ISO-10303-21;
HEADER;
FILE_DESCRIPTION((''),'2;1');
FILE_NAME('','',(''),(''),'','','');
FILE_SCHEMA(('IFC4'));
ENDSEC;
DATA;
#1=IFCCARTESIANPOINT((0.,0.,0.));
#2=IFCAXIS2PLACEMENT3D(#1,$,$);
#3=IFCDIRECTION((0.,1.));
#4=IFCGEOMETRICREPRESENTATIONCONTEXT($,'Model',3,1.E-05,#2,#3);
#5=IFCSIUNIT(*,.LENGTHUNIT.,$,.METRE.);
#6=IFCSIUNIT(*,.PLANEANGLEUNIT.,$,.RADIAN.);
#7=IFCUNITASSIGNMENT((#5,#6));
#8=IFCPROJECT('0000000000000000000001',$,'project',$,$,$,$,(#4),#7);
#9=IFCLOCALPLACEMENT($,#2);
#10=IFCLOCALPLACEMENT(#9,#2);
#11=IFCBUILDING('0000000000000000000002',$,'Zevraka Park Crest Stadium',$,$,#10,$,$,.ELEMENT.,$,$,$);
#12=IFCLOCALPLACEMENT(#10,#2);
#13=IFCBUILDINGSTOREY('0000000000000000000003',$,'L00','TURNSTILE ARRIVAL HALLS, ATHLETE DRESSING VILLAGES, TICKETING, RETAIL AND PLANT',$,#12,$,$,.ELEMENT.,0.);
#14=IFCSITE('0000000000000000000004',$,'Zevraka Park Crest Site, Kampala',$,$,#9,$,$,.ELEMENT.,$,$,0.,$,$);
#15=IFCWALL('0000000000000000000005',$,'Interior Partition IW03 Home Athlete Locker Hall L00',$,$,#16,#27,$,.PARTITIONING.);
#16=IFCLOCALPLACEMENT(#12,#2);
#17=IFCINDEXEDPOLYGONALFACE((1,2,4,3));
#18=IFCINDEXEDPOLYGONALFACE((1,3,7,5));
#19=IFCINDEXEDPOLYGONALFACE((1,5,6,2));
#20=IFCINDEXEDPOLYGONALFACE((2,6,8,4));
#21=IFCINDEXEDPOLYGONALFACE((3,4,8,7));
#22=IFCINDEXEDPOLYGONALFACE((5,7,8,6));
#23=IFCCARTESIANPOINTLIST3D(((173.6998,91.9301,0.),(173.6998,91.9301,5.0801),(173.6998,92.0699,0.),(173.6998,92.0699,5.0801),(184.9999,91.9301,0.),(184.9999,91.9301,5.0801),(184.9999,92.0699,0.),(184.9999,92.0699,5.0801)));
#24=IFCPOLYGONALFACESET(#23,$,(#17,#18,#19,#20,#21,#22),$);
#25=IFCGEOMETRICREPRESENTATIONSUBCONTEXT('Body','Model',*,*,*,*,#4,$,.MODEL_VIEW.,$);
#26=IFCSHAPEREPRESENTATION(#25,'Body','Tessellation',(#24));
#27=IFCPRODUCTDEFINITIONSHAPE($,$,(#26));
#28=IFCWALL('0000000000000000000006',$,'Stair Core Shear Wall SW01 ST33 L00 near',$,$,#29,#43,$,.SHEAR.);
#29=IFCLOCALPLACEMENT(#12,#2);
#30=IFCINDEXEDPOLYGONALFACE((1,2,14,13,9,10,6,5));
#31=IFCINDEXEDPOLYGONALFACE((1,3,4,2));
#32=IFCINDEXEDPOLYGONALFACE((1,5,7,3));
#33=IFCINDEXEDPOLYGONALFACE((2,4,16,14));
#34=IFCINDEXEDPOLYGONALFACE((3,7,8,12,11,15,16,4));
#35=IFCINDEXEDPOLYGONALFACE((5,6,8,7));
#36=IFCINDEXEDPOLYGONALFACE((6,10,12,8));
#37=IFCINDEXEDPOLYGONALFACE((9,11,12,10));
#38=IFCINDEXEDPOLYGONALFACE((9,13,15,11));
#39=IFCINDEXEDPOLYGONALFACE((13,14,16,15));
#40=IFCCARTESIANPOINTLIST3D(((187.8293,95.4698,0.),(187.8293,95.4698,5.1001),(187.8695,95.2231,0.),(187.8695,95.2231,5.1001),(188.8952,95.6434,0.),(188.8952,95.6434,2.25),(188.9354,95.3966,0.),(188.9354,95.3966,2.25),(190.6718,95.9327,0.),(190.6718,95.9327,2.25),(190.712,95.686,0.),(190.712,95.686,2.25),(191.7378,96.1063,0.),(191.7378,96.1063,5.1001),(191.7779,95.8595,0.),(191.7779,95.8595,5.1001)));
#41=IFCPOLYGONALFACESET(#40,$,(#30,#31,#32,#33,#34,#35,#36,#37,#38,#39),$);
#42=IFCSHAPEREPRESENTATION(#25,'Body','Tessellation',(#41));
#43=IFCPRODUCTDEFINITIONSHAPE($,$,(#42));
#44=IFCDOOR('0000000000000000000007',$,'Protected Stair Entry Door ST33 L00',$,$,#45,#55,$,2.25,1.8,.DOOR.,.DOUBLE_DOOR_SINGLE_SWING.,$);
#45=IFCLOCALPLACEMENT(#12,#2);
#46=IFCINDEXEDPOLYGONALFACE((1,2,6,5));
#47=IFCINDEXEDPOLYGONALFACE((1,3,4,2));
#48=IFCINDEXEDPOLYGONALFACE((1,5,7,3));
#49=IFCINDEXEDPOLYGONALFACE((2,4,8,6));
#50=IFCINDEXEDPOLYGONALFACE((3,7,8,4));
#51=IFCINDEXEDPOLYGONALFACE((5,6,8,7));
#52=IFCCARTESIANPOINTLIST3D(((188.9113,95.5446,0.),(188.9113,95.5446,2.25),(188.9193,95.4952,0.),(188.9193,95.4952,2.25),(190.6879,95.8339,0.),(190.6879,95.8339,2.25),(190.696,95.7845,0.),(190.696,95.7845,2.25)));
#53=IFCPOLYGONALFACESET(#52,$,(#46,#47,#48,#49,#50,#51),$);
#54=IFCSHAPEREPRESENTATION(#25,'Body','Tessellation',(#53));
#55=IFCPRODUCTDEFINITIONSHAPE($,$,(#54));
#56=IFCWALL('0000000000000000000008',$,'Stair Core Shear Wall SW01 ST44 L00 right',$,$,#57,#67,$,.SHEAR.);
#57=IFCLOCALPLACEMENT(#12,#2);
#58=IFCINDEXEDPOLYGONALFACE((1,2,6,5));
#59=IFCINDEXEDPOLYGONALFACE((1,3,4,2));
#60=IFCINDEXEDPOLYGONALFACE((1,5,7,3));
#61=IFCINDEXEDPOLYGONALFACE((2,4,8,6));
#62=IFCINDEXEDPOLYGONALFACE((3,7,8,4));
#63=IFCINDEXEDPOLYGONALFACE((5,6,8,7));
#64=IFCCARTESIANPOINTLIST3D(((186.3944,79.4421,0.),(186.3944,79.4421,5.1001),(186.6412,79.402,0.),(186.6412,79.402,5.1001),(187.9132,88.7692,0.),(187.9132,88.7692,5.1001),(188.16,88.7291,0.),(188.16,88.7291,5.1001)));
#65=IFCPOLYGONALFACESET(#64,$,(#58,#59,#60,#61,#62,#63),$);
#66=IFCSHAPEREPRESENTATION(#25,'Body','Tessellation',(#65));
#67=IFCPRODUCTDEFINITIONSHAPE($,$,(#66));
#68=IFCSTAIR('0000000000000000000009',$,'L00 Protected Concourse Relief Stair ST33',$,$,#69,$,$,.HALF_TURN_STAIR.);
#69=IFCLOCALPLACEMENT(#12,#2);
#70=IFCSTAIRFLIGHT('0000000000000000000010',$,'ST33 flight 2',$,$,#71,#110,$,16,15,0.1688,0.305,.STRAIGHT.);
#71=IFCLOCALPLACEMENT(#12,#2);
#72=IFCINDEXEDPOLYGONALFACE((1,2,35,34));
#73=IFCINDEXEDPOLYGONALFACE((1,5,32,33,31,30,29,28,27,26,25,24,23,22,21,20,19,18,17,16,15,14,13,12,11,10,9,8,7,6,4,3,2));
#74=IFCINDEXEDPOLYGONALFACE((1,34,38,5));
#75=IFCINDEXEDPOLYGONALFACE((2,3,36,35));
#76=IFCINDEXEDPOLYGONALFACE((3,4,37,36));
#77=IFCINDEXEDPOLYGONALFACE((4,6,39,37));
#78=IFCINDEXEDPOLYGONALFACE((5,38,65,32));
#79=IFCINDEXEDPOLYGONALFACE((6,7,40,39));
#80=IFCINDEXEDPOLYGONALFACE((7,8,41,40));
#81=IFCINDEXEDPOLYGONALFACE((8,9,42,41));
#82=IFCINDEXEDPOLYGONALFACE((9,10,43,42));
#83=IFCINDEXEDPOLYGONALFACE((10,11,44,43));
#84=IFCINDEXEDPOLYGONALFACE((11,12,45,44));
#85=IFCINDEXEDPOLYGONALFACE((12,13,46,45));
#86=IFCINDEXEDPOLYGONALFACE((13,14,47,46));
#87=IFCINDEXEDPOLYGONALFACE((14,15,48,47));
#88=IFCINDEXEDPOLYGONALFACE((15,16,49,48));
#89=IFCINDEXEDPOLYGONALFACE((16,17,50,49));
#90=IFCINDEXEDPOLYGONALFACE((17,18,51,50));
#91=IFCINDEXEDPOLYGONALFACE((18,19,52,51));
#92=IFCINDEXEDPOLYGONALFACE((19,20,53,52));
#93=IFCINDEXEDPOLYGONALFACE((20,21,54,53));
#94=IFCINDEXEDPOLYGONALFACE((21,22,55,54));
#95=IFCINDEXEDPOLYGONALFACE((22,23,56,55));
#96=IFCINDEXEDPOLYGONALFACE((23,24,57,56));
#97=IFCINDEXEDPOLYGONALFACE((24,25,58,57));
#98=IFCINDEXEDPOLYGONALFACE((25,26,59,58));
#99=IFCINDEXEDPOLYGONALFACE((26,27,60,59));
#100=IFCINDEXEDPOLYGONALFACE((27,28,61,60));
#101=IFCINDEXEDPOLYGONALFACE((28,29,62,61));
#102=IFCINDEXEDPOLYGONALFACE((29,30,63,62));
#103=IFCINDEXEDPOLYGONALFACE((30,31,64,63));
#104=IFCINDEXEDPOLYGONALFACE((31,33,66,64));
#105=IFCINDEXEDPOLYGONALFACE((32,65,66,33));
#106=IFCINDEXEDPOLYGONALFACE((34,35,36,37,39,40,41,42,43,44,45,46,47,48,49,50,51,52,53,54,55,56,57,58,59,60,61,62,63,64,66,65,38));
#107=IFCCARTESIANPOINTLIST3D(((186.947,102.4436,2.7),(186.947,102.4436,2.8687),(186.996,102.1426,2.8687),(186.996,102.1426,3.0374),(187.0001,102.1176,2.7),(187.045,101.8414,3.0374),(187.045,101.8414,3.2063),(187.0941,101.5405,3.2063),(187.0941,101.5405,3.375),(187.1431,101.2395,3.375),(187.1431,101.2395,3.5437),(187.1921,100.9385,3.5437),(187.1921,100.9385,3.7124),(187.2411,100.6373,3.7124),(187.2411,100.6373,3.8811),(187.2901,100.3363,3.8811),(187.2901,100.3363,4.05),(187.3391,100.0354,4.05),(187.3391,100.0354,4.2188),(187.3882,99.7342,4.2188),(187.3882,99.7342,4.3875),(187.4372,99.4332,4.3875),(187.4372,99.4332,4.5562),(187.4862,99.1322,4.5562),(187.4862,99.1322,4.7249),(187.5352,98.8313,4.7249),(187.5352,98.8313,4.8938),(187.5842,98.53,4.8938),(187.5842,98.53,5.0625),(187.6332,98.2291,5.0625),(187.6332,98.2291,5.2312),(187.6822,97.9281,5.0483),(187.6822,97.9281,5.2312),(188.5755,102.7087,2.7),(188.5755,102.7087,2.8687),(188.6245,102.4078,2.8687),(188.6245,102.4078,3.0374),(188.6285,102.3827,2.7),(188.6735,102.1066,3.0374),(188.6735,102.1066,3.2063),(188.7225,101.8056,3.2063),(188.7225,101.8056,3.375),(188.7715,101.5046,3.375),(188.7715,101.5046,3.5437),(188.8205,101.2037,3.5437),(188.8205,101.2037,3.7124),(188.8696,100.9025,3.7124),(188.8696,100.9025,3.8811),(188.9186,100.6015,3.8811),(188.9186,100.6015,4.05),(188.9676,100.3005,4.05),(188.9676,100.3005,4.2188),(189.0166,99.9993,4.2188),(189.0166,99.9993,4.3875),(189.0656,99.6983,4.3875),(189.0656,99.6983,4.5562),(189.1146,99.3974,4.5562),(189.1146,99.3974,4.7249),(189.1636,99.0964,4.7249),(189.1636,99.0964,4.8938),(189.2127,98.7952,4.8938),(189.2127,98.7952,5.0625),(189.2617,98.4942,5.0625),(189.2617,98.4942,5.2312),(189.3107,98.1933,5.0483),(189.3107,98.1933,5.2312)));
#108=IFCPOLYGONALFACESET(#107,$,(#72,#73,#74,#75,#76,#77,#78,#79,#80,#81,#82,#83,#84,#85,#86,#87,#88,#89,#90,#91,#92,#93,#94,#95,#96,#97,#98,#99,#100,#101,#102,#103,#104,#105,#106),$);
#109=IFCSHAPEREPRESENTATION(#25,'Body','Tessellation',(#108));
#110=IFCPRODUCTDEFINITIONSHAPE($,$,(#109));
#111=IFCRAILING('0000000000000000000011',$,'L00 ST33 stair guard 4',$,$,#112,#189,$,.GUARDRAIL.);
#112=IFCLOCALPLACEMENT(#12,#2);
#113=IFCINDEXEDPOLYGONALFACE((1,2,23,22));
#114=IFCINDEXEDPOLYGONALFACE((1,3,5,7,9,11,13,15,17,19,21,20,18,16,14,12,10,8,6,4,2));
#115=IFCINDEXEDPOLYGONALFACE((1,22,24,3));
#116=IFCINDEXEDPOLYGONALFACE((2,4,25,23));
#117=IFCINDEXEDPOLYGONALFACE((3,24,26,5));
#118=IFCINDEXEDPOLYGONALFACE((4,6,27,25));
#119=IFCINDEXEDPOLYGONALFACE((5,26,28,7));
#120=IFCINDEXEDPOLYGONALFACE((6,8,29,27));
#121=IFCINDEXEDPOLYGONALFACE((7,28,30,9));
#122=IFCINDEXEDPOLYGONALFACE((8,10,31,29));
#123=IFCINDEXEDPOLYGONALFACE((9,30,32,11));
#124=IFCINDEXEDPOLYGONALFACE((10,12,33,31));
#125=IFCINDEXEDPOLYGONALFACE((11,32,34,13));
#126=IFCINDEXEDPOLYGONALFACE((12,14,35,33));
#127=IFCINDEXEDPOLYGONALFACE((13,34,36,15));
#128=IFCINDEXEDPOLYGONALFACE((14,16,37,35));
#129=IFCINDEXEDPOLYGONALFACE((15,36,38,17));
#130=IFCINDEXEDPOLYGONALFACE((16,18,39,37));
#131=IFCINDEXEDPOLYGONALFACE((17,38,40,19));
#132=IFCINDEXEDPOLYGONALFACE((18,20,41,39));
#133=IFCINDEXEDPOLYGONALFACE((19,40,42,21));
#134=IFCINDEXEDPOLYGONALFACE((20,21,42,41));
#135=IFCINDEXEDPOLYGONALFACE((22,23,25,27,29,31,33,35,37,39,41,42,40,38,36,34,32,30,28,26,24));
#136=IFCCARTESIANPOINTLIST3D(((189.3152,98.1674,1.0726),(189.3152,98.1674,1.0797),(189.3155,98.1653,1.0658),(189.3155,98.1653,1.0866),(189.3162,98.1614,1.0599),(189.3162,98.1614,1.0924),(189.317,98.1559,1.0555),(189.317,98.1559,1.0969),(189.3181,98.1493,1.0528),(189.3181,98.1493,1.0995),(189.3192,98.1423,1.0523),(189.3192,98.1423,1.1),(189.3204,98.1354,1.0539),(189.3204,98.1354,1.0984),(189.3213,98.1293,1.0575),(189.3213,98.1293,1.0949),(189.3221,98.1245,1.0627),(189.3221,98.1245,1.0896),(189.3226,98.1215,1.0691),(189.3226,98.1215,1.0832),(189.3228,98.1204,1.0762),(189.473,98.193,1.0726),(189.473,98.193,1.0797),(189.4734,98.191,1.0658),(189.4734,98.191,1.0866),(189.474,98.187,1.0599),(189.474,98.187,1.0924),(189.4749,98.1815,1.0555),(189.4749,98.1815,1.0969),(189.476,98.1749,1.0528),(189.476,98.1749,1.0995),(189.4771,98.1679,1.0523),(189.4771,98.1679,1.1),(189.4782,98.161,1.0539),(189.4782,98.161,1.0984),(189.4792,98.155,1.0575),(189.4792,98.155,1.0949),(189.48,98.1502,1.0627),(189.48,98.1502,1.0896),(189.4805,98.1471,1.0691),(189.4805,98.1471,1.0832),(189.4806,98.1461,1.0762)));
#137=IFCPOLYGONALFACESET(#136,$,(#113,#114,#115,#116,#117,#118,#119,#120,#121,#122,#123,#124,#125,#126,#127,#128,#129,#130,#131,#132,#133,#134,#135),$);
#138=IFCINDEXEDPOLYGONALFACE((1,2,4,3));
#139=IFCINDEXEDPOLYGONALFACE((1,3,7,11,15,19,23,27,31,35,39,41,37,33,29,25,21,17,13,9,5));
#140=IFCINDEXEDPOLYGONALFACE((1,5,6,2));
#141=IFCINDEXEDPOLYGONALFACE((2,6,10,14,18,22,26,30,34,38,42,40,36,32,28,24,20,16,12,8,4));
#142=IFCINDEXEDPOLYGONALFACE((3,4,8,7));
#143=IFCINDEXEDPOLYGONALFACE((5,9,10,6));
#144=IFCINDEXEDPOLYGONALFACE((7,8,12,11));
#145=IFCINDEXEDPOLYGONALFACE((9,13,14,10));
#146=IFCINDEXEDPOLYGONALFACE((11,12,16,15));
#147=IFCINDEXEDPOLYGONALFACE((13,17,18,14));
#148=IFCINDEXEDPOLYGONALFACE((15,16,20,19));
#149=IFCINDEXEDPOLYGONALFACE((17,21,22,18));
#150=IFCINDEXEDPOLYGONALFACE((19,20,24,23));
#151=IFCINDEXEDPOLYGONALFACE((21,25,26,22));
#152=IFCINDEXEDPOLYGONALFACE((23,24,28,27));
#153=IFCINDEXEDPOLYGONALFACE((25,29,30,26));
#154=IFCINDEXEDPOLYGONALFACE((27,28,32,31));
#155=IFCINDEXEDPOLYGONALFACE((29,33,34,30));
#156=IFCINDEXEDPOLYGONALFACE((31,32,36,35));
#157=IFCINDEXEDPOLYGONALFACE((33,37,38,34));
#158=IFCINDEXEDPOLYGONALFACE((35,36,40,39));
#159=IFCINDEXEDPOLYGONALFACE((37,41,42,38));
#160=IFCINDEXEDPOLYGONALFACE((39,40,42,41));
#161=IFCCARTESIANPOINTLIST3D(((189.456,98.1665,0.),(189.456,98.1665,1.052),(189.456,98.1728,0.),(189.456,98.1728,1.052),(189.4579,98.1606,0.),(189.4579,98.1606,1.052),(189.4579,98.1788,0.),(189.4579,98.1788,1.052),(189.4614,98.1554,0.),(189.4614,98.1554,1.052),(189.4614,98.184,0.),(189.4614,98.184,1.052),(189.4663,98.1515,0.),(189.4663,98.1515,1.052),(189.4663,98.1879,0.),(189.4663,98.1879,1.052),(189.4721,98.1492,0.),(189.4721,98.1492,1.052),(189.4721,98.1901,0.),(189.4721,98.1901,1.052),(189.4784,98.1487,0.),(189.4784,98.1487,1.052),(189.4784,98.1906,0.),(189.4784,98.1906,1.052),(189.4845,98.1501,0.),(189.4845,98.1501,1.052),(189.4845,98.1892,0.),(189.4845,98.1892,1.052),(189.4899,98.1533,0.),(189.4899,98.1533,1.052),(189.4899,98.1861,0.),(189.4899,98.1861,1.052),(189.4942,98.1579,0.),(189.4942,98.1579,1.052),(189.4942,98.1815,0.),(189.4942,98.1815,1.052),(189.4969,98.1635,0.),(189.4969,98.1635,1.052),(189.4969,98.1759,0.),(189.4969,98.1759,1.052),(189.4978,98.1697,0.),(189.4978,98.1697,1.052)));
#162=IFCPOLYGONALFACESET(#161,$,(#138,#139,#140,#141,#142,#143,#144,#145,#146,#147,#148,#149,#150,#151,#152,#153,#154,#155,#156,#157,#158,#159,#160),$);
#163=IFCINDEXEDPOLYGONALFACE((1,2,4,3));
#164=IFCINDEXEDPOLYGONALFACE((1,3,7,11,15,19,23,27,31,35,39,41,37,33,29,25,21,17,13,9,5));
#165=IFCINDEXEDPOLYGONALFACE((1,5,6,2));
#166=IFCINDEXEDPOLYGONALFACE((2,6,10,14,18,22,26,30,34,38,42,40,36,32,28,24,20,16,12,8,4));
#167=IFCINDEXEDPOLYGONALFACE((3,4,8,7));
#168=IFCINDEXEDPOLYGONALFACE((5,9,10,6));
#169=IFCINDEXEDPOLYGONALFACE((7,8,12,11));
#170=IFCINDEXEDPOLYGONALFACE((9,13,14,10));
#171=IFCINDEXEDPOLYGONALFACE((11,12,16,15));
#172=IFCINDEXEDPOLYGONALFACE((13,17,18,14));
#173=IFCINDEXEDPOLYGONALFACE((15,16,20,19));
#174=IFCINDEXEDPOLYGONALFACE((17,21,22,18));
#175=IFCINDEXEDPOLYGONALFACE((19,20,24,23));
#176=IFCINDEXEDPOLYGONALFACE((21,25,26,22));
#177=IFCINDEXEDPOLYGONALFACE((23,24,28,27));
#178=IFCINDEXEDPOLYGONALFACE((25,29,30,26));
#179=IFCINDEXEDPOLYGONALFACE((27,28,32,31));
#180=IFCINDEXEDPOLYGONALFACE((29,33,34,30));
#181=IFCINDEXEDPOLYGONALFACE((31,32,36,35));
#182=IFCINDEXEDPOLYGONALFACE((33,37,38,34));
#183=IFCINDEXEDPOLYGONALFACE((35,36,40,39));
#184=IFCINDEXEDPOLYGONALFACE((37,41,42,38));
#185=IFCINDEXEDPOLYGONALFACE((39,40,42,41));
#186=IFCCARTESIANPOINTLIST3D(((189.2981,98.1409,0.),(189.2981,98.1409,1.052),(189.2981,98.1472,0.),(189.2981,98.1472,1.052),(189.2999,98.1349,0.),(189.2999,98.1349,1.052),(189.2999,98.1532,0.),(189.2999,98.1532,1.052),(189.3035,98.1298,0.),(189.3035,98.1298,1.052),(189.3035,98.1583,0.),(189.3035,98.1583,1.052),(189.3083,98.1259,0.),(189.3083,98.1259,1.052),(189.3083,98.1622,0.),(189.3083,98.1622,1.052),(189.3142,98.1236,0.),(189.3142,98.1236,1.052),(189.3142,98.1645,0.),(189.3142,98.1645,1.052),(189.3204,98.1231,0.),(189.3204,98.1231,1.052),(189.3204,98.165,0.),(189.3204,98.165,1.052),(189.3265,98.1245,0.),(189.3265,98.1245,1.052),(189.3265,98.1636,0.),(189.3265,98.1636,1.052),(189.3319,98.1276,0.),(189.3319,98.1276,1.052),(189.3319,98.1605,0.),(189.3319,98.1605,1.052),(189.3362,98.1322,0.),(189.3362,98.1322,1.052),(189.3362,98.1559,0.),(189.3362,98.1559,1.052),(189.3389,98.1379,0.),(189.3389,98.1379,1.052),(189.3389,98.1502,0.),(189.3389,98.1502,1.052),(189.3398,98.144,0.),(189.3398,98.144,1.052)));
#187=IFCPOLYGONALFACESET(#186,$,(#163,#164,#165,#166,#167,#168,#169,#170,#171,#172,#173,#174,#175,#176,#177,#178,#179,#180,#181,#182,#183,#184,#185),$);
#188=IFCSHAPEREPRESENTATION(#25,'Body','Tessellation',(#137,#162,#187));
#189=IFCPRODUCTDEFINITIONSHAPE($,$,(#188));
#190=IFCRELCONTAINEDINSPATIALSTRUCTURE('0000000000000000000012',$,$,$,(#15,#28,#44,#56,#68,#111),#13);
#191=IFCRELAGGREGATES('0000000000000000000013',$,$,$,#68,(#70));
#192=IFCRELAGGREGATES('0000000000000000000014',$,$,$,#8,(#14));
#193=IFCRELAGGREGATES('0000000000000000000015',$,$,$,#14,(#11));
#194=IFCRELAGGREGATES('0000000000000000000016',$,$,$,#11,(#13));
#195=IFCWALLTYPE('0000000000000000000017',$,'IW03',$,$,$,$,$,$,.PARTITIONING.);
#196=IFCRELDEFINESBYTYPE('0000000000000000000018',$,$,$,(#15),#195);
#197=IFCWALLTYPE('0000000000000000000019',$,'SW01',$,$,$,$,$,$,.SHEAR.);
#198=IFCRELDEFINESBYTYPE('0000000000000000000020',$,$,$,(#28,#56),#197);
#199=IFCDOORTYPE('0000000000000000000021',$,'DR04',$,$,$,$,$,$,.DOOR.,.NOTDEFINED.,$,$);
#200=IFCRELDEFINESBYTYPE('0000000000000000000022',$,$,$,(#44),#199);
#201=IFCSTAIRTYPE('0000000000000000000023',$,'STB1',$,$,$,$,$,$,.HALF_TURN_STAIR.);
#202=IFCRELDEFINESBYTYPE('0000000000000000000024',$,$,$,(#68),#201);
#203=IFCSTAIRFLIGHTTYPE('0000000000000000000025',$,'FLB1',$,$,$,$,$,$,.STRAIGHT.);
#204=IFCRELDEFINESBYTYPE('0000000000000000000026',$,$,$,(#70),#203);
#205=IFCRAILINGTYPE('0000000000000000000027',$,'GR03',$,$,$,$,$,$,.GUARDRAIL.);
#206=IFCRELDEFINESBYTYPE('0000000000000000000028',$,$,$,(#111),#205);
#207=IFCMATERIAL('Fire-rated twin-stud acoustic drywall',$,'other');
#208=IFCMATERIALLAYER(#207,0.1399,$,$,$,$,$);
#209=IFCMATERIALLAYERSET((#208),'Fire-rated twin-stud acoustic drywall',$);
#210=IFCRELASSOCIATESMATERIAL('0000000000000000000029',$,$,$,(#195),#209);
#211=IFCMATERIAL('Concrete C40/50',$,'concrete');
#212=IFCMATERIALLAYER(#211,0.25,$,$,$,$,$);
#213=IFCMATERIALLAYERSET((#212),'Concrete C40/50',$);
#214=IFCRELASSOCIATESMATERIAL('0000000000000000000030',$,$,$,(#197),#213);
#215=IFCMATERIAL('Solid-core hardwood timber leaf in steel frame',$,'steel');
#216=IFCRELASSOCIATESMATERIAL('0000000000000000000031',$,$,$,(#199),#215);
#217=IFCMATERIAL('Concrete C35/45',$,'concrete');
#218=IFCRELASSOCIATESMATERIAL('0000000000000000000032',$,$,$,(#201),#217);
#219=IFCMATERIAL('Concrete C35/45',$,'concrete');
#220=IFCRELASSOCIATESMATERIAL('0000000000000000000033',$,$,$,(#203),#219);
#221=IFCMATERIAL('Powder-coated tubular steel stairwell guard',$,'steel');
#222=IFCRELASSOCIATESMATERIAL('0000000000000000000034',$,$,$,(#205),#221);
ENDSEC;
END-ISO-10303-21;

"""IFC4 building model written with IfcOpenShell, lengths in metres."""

from ifc_helpers import new_model, si_unit, direction, frame, frame_2d, origin, origin_2d, place, context, subcontext, project, spatial, polyline, rectangle, circle, outline, extrude, material, layer, layer_set, type_object, element, fill, aggregate, save


model = new_model("IFC4")

# Units and contexts
model_context = context("Model", 3, precision=1e-05, world=origin(), true_north=direction((0.0, 1.0)))
body_context = subcontext(model_context, "Body", "Model", "MODEL_VIEW")
ifc_project = project(units=[si_unit("LENGTHUNIT", "METRE"), si_unit("PLANEANGLEUNIT", "RADIAN")], contexts=[model_context])

# Site, building, storey
site_placement = place(None, origin())
site = spatial("IfcSite", under=ifc_project, at=site_placement, Name="Zevraka Park Crest Site, Kampala", CompositionType="ELEMENT", RefElevation=0.0)
building_placement = place(site_placement, origin())
building = spatial("IfcBuilding", under=site, at=building_placement, Name="Zevraka Park Crest Stadium", CompositionType="ELEMENT")
storey_placement = place(building_placement, origin())
storey = spatial("IfcBuildingStorey", under=building, at=storey_placement, Name="L00", Description="TURNSTILE ARRIVAL HALLS, ATHLETE DRESSING VILLAGES, TICKETING, RETAIL AND PLANT", CompositionType="ELEMENT", Elevation=0.0)

# Wall
ifc_material_1 = material(Name="Fire-rated twin-stud acoustic drywall", Category="other")
ifc_layer_1 = layer(ifc_material_1, 0.1399)
ifc_layer_set_1 = layer_set([ifc_layer_1], Name="Fire-rated twin-stud acoustic drywall")
wall_type_1 = type_object("IfcWallType", Name="IW03", PredefinedType="PARTITIONING", material=ifc_layer_set_1)
wall_1_placement = place(storey_placement, frame((173.7, 92.0, 0.0), z_axis=(0.0, 0.0, 1.0), x_axis=(1.0, 0.0, 0.0)))
element("IfcWall", 1, at=wall_1_placement, inside=storey, type_object=wall_type_1, Name="Interior Partition IW03 Home Athlete Locker Hall L00", PredefinedType="PARTITIONING", context=body_context, shape_type="SweptSolid", body=[
    extrude(rectangle(XDim=11.3, YDim=0.1399, at=frame_2d((5.6499, 0.0))), origin(), (0.0, 0.0, 1.0), 5.0801),
])

# Wall, opening, door
ifc_material_2 = material(Name="Concrete C40/50", Category="concrete")
ifc_layer_2 = layer(ifc_material_2, 0.25)
ifc_layer_set_2 = layer_set([ifc_layer_2], Name="Concrete C40/50")
wall_type_2 = type_object("IfcWallType", Name="SW01", PredefinedType="SHEAR", material=ifc_layer_set_2)
wall_2_placement = place(storey_placement, frame((187.8494, 95.3464, 0.0), z_axis=(0.0, 0.0, 1.0), x_axis=(0.986999, 0.160729, 0.0)))
wall_2 = element("IfcWall", 2, at=wall_2_placement, inside=storey, type_object=wall_type_2, Name="Stair Core Shear Wall SW01 ST33 L00 near", PredefinedType="SHEAR", context=body_context, shape_type="SweptSolid", body=[
    extrude(rectangle(XDim=3.96, YDim=0.25, at=frame_2d((1.98, 0.0))), origin(), (0.0, 0.0, 1.0), 5.1001),
])
opening_placement = place(wall_2_placement, frame((1.0801, 0.0, 0.0)))
opening = element("IfcOpeningElement", 3, at=opening_placement, cuts=wall_2, PredefinedType="OPENING", context=body_context, shape_type="SweptSolid", body=[
    extrude(rectangle(XDim=1.8, YDim=2.25, at=frame_2d((0.8999, 1.125))), frame((0.0, 0.135, 0.0), z_axis=(0.0, -1.0, 0.0), x_axis=(1.0, 0.0, 0.0)), (0.0, 0.0, 1.0), 0.27),
])
ifc_material_3 = material(Name="Solid-core hardwood timber leaf in steel frame", Category="steel")
door_type = type_object("IfcDoorType", Name="DR04", OperationType="NOTDEFINED", PredefinedType="DOOR", material=ifc_material_3)
door_placement = place(opening_placement, origin())
door = element("IfcDoor", 4, at=door_placement, inside=storey, type_object=door_type, Name="Protected Stair Entry Door ST33 L00", OperationType="DOUBLE_DOOR_SINGLE_SWING", OverallHeight=2.25, OverallWidth=1.8, PredefinedType="DOOR", context=body_context, shape_type="SweptSolid", body=[
    extrude(rectangle(XDim=1.8, YDim=2.25, at=frame_2d((0.8999, 1.125))), frame((0.0, 0.0249, 0.0), z_axis=(0.0, -1.0, 0.0), x_axis=(1.0, 0.0, 0.0)), (0.0, 0.0, 1.0), 0.05),
])
fill(opening, door)

# Wall
wall_3_placement = place(storey_placement, frame((188.0366, 88.7493, 0.0), z_axis=(0.0, 0.0, 1.0), x_axis=(-0.160719, -0.987, 0.0)))
element("IfcWall", 5, at=wall_3_placement, inside=storey, type_object=wall_type_2, Name="Stair Core Shear Wall SW01 ST44 L00 right", PredefinedType="SHEAR", context=body_context, shape_type="SweptSolid", body=[
    extrude(rectangle(XDim=9.45, YDim=0.25, at=frame_2d((4.7251, 0.0))), origin(), (0.0, 0.0, 1.0), 5.1001),
])

# Stair, stair flight
ifc_material_4 = material(Name="Concrete C35/45", Category="concrete")
stair_type = type_object("IfcStairType", Name="STB1", PredefinedType="HALF_TURN_STAIR", material=ifc_material_4)
stair_placement = place(storey_placement, origin())
stair = element("IfcStair", 6, at=stair_placement, inside=storey, type_object=stair_type, Name="L00 Protected Concourse Relief Stair ST33", PredefinedType="HALF_TURN_STAIR")
ifc_material_5 = material(Name="Concrete C35/45", Category="concrete")
stair_flight_type = type_object("IfcStairFlightType", Name="FLB1", PredefinedType="STRAIGHT", material=ifc_material_5)
stair_flight_placement = place(storey_placement, frame((187.7612, 102.5762, 2.7), z_axis=(0.0, 0.0, 1.0), x_axis=(0.160706, -0.987002, 0.0)))
stair_flight = element("IfcStairFlight", 7, at=stair_flight_placement, type_object=stair_flight_type, Name="ST33 flight 2", NumberOfRisers=16, NumberOfTreads=15, PredefinedType="STRAIGHT", RiserHeight=0.1688, TreadLength=0.305, context=body_context, shape_type="SweptSolid", body=[
    extrude(outline(polyline([(0.0, 0.0), (0.0, 0.1687), (0.3049, 0.1687), (0.3049, 0.3374), (0.6101, 0.3374), (0.6101, 0.5063), (0.915, 0.5063), (0.915, 0.675), (1.22, 0.675), (1.22, 0.8438), (1.5249, 0.8438), (1.5249, 1.0125), (1.8301, 1.0125), (1.8301, 1.1812), (2.135, 1.1812), (2.135, 1.3501), (2.4399, 1.3501), (2.4399, 1.5188), (2.7451, 1.5188), (2.7451, 1.6875), (3.05, 1.6875), (3.05, 1.8562), (3.355, 1.8562), (3.355, 2.0249), (3.6599, 2.0249), (3.6599, 2.1938), (3.9651, 2.1938), (3.9651, 2.3625), (4.27, 2.3625), (4.27, 2.5312), (4.575, 2.5312), (4.575, 2.7), (4.575, 2.3484), (0.3303, 0.0), (0.0, 0.0)])), frame((0.0, 0.825, 0.0), z_axis=(0.0, -1.0, 0.0), x_axis=(1.0, 0.0, 0.0)), (0.0, 0.0, 1.0), 1.6499),
])
aggregate(stair, [stair_flight])

# Railing
ifc_material_6 = material(Name="Powder-coated tubular steel stairwell guard", Category="steel")
railing_type_1 = type_object("IfcRailingType", Name="GR03", PredefinedType="GUARDRAIL", material=ifc_material_6)
railing_1_placement = place(storey_placement, frame((189.4768, 98.1697, 0.0)))
element("IfcRailing", 8, at=railing_1_placement, inside=storey, type_object=railing_type_1, Name="L00 ST33 stair guard 4", PredefinedType="GUARDRAIL", context=body_context, shape_type="SweptSolid", body=[
    extrude(circle(Radius=0.0239, at=origin_2d()), frame((0.0, 0.0, 1.0762), z_axis=(-0.987086, -0.160192, 0.0), x_axis=(0.160192, -0.987086, 0.0)), (0.0, 0.0, 1.0), 0.1599),
    extrude(circle(Radius=0.021, at=origin_2d()), origin(), (0.0, 0.0, 1.0), 1.052),
    extrude(circle(Radius=0.021, at=origin_2d()), frame((-0.158, -0.0256, 0.0)), (0.0, 0.0, 1.0), 1.052),
])

save(model, "model.ifc")
